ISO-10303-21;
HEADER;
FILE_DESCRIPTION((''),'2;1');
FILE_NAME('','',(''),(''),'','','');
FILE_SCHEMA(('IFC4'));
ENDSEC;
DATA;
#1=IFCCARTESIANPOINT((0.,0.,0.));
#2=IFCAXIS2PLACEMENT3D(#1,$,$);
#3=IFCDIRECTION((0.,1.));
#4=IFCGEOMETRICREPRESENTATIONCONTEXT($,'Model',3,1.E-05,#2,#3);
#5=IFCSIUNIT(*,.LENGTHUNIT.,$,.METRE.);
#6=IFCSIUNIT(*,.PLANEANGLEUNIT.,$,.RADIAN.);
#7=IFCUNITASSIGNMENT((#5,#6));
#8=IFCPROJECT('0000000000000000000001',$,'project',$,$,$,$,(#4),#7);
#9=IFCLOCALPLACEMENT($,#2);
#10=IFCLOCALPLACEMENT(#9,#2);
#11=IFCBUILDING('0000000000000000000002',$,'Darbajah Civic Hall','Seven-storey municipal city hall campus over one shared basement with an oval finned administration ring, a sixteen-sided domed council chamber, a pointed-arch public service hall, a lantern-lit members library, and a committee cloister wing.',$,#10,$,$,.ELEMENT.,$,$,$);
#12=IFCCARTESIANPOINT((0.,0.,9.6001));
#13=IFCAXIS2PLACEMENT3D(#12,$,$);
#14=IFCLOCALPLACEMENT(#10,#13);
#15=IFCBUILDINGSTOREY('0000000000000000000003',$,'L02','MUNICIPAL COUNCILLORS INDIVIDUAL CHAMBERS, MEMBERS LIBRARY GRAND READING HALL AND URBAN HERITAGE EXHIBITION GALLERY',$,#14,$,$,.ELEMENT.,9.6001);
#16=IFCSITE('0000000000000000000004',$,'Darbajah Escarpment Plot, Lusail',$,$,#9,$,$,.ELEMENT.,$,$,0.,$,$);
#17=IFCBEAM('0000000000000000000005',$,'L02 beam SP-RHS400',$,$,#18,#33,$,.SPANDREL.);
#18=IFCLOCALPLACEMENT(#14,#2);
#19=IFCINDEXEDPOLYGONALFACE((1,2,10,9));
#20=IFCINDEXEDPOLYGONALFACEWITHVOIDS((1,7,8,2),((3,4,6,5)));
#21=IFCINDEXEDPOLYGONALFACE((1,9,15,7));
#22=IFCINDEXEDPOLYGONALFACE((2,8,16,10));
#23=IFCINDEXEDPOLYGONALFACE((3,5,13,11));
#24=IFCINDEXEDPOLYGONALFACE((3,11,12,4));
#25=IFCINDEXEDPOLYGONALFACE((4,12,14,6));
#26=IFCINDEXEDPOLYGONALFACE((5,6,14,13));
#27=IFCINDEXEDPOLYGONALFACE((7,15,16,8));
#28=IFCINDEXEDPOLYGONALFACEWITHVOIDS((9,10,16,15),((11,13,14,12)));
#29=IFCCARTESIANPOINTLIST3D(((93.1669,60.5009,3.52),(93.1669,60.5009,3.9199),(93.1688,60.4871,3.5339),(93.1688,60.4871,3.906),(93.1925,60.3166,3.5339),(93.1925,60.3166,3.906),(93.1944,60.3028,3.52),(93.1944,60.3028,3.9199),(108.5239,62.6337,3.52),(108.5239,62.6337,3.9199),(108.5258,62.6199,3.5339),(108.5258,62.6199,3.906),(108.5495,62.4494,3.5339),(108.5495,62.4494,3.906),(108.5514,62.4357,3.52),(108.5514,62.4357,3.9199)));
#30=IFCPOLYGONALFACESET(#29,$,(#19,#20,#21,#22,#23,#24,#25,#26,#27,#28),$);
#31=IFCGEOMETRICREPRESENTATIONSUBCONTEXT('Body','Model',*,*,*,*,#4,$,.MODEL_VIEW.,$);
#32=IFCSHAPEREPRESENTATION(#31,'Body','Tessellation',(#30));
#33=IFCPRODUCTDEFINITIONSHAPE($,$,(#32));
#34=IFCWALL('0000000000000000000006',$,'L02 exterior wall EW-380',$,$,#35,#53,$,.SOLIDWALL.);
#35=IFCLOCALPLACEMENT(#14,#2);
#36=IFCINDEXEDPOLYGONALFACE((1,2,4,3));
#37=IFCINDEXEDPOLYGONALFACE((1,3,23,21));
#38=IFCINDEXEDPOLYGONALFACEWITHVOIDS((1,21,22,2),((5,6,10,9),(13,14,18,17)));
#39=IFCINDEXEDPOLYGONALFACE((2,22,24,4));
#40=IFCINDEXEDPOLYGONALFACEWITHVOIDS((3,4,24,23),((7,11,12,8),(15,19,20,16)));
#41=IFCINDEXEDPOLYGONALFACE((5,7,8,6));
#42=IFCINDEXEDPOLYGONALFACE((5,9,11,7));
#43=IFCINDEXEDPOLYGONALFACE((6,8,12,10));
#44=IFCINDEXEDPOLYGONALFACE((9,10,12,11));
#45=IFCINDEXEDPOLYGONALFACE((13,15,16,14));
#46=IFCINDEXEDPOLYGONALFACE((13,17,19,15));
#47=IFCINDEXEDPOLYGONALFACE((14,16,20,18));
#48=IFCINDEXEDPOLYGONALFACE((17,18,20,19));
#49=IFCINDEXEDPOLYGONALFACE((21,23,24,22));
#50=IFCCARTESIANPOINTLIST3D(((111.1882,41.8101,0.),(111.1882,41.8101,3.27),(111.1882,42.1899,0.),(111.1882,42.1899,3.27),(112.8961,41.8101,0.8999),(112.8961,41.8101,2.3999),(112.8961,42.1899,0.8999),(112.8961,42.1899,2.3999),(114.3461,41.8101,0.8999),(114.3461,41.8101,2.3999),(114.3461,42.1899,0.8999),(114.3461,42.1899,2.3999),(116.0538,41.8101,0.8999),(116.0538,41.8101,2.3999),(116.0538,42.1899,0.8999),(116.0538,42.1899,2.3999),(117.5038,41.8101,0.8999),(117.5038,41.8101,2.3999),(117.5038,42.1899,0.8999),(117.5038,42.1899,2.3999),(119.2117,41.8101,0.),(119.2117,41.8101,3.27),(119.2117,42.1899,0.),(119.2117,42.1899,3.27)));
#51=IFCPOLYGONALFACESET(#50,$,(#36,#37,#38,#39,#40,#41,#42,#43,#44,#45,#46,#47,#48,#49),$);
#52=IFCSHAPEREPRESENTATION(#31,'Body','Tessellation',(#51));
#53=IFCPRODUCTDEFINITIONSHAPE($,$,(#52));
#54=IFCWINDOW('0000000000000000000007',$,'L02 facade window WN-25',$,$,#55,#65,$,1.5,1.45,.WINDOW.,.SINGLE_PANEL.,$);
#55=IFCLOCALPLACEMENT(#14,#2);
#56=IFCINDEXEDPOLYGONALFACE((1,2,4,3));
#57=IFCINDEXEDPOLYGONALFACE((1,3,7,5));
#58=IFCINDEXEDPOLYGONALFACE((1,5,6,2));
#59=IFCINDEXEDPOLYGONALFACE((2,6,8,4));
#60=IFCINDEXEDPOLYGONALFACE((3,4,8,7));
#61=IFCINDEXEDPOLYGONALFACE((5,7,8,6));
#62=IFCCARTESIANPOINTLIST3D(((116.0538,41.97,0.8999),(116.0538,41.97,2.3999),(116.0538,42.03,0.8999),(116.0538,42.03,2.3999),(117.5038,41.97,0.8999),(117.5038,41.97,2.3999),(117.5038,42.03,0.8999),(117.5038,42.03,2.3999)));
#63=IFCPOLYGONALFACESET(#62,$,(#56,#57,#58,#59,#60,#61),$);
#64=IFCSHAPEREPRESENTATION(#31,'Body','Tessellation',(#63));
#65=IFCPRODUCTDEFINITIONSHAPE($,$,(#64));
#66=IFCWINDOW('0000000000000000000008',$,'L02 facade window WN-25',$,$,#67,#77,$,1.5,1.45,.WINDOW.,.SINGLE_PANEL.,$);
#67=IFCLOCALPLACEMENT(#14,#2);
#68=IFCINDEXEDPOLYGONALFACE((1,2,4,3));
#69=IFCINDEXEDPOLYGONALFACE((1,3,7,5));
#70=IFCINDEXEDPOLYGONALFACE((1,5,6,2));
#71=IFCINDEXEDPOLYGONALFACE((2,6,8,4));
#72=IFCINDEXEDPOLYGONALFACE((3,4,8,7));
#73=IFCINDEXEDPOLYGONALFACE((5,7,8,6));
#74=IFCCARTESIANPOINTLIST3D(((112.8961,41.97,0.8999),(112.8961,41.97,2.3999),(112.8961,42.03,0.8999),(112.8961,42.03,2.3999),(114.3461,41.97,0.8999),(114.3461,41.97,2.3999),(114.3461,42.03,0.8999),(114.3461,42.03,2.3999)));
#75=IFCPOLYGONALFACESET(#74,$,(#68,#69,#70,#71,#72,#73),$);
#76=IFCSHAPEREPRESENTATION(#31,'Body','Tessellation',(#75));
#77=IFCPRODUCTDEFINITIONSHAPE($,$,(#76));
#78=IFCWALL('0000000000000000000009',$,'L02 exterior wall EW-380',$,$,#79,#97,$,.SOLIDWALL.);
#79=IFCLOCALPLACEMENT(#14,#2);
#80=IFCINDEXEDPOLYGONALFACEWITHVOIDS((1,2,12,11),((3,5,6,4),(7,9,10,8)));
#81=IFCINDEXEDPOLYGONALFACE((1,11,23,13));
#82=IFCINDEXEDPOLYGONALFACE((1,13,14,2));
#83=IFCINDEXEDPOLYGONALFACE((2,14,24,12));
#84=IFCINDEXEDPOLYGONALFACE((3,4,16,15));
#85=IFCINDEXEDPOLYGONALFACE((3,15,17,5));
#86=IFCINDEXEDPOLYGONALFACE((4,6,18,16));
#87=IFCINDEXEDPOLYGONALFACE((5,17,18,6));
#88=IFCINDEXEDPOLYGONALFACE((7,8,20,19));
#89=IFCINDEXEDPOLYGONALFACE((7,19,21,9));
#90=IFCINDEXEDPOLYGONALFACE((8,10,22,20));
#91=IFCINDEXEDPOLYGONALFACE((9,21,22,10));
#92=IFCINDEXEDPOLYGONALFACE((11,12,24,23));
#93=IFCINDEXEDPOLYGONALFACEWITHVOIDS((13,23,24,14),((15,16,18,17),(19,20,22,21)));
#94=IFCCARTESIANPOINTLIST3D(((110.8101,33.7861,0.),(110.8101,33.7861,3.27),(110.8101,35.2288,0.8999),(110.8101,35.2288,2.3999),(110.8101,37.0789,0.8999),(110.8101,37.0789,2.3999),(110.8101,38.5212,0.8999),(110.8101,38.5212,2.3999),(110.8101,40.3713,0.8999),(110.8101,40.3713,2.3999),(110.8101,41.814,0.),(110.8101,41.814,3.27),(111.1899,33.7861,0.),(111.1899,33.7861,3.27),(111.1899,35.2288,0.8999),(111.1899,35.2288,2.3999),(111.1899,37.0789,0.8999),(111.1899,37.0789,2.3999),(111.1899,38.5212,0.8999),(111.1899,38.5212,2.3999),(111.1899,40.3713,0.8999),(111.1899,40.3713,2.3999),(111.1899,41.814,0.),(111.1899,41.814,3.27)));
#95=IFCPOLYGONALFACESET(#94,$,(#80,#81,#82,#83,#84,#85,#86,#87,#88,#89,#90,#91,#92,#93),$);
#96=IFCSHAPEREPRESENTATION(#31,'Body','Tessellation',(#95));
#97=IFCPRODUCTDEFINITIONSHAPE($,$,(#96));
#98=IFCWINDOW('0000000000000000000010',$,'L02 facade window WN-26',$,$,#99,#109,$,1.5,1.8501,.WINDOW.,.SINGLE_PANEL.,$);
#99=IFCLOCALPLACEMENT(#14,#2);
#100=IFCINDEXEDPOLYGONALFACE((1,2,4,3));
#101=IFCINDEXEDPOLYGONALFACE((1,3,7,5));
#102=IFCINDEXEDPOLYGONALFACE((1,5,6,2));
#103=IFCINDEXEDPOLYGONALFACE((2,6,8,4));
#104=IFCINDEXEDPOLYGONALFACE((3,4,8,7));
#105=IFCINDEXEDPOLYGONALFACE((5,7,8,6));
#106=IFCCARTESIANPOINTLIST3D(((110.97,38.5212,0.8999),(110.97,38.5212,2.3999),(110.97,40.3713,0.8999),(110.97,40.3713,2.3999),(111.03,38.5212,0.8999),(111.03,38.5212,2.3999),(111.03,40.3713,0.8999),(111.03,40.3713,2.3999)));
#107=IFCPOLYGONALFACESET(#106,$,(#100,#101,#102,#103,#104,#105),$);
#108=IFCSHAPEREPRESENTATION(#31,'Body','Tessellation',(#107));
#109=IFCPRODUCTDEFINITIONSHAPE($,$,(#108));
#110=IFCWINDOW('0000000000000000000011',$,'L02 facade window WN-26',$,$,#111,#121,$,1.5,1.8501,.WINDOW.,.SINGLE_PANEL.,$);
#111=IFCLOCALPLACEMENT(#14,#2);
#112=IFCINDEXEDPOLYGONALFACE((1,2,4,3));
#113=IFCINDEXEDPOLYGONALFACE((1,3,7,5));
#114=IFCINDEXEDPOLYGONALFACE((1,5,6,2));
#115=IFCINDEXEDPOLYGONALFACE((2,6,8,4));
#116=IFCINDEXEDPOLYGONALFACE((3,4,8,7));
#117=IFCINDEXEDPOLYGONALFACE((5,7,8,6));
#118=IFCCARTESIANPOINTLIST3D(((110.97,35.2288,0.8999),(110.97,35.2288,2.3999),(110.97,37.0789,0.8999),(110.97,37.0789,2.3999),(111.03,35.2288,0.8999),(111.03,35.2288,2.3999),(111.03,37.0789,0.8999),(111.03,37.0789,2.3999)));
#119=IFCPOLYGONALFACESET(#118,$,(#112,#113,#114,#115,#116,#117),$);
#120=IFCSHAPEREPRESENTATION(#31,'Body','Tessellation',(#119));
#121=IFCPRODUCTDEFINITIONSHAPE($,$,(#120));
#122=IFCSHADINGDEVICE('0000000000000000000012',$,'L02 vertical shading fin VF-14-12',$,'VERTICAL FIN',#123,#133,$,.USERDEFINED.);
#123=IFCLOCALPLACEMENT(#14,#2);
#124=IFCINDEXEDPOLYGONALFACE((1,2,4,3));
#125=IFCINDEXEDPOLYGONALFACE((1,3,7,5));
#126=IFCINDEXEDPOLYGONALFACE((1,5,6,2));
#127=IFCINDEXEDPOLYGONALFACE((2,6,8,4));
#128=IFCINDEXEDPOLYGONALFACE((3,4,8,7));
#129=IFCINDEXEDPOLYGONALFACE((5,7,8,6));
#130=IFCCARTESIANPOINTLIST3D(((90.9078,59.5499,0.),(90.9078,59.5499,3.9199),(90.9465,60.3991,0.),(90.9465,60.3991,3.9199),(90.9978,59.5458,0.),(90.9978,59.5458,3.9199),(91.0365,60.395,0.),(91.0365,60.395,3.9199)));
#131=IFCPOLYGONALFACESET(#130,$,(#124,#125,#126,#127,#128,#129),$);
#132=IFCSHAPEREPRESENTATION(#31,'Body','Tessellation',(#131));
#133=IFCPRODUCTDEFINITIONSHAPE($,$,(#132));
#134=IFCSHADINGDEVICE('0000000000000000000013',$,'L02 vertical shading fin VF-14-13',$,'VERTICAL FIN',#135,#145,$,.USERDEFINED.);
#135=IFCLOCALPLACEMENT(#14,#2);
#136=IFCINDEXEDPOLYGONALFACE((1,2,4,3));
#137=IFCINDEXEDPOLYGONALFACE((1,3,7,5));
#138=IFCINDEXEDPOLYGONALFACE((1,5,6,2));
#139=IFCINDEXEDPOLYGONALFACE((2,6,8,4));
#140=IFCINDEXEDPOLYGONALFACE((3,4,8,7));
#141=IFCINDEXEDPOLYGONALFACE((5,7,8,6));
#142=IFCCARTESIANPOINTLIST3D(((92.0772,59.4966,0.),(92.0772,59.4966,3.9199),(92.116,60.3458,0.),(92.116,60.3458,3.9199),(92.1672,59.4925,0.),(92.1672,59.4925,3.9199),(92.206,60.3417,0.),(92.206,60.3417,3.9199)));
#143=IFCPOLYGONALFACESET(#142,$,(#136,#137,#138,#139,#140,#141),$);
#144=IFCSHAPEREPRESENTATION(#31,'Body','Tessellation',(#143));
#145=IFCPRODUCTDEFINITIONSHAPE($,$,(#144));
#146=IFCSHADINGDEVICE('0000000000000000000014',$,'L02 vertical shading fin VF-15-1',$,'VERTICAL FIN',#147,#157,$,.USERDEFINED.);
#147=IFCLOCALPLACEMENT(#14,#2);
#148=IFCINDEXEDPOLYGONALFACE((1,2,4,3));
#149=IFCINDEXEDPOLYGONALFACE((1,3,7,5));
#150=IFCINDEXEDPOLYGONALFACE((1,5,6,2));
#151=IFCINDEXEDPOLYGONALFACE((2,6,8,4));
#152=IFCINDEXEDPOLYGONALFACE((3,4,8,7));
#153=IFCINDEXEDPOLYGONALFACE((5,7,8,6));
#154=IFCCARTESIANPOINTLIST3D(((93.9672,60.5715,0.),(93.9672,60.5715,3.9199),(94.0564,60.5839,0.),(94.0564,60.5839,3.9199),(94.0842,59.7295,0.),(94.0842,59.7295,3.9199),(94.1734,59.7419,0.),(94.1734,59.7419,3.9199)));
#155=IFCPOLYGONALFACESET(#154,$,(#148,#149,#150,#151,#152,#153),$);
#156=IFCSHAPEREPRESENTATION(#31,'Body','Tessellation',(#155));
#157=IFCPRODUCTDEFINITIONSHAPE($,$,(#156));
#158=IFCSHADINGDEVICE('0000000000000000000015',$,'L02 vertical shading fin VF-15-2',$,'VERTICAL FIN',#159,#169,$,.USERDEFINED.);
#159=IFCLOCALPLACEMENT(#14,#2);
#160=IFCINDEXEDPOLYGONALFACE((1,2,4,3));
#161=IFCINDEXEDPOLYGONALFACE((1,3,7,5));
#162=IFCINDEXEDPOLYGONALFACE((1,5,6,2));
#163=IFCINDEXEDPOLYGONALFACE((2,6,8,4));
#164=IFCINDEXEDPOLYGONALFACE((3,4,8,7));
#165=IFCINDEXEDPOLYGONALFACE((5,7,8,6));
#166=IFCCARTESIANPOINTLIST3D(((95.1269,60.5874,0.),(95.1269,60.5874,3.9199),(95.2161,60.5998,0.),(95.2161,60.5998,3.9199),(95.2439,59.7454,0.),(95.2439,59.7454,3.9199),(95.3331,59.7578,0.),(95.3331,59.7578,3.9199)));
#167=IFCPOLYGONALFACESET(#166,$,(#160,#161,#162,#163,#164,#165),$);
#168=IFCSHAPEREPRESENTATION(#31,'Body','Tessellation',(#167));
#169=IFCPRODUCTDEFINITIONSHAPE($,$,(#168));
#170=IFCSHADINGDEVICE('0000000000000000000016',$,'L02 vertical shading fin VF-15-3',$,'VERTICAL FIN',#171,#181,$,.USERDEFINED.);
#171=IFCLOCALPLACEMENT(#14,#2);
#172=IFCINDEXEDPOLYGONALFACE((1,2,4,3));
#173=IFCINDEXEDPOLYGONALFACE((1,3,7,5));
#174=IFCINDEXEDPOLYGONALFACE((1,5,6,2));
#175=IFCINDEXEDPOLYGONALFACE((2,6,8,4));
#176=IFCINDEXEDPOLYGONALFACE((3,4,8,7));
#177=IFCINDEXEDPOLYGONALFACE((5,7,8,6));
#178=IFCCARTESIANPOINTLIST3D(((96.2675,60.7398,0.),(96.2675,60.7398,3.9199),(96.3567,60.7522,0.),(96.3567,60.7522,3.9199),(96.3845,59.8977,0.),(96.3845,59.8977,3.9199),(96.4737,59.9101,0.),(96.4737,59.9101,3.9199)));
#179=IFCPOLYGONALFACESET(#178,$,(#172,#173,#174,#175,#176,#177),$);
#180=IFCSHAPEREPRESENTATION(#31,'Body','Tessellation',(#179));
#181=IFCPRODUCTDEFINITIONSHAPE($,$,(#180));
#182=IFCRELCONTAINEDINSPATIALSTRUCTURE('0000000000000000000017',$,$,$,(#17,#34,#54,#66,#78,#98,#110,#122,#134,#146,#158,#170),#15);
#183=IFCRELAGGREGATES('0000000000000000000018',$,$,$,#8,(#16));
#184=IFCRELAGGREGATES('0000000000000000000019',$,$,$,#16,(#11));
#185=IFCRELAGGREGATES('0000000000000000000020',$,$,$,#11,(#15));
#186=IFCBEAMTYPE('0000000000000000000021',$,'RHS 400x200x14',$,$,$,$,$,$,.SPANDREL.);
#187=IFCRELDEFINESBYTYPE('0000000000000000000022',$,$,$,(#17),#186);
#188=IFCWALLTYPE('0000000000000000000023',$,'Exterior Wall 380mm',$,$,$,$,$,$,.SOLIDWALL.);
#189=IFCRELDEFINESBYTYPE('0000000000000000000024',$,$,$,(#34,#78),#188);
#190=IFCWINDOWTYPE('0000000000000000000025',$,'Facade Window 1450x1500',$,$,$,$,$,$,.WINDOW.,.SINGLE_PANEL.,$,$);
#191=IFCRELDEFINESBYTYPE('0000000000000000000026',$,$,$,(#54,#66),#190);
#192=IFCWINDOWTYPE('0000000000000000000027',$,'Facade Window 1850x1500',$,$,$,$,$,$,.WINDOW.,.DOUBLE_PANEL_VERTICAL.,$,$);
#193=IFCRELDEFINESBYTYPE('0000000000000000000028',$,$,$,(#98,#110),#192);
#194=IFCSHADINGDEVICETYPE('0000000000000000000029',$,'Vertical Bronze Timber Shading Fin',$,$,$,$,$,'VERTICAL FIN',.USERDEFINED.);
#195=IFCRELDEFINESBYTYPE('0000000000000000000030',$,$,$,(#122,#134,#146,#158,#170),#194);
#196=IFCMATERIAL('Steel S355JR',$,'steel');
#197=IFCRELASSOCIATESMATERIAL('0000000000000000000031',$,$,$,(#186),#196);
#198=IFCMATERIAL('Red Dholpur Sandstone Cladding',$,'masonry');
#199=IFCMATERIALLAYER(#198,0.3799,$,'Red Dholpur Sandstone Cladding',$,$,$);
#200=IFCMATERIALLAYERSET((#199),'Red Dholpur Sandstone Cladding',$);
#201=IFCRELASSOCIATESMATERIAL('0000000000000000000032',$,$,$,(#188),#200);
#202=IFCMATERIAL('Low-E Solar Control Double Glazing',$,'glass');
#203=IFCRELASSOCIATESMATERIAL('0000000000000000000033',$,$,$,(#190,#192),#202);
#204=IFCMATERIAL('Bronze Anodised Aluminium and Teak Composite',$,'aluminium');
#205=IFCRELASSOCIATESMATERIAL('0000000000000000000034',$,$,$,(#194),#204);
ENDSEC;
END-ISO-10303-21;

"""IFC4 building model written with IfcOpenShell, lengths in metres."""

from ifc_helpers import new_model, si_unit, direction, frame, frame_2d, origin, origin_2d, place, context, subcontext, project, spatial, rectangle, hollow_rectangle, extrude, material, layer, layer_set, material_profile, profile_set, type_object, element, fill, save


model = new_model("IFC4")

# Units and contexts
model_context = context("Model", 3, precision=1e-05, world=origin(), true_north=direction((0.0, 1.0)))
body_context = subcontext(model_context, "Body", "Model", "MODEL_VIEW")
ifc_project = project(units=[si_unit("LENGTHUNIT", "METRE"), si_unit("PLANEANGLEUNIT", "RADIAN")], contexts=[model_context])

# Site, building, storey
site_placement = place(None, origin())
site = spatial("IfcSite", under=ifc_project, at=site_placement, Name="Darbajah Escarpment Plot, Lusail", CompositionType="ELEMENT", RefElevation=0.0)
building_placement = place(site_placement, origin())
building = spatial("IfcBuilding", under=site, at=building_placement, Name="Darbajah Civic Hall", Description="Seven-storey municipal city hall campus over one shared basement with an oval finned administration ring, a sixteen-sided domed council chamber, a pointed-arch public service hall, a lantern-lit members library, and a committee cloister wing.", CompositionType="ELEMENT")
storey_placement = place(building_placement, frame((0.0, 0.0, 9.6001)))
storey = spatial("IfcBuildingStorey", under=building, at=storey_placement, Name="L02", Description="MUNICIPAL COUNCILLORS INDIVIDUAL CHAMBERS, MEMBERS LIBRARY GRAND READING HALL AND URBAN HERITAGE EXHIBITION GALLERY", CompositionType="ELEMENT", Elevation=9.6001)

# Shared definitions
ifc_material_1 = material(Name="Steel S355JR", Category="steel")

# Beam
ifc_material_profile_1 = material_profile(ifc_material_1, hollow_rectangle(XDim=0.2, YDim=0.3999, WallThickness=0.0139, at=origin_2d()), Name="RHS 400x200x14")
ifc_profile_set_1 = profile_set([ifc_material_profile_1], Name="Steel S355JR")
beam_type_1 = type_object("IfcBeamType", Name="RHS 400x200x14", PredefinedType="SPANDREL", material=ifc_profile_set_1)
beam_1_placement = place(storey_placement, frame((93.1807, 60.4019, 3.72), z_axis=(0.990493, 0.137562, 0.0), x_axis=(-0.137562, 0.990493, 0.0)))
element("IfcBeam", 1, at=beam_1_placement, inside=storey, type_object=beam_type_1, Name="L02 beam SP-RHS400", PredefinedType="SPANDREL", context=body_context, shape_type="SweptSolid", body=[
    extrude(hollow_rectangle(XDim=0.2, YDim=0.3999, WallThickness=0.0139, at=origin_2d()), origin(), (0.0, 0.0, 1.0), 15.5044),
])

# Walls, openings, windows
ifc_material_2 = material(Name="Red Dholpur Sandstone Cladding", Category="masonry")
ifc_layer = layer(ifc_material_2, 0.3799, Name="Red Dholpur Sandstone Cladding")
ifc_layer_set = layer_set([ifc_layer], Name="Red Dholpur Sandstone Cladding")
wall_type = type_object("IfcWallType", Name="Exterior Wall 380mm", PredefinedType="SOLIDWALL", material=ifc_layer_set)
wall_1_placement = place(storey_placement, frame((119.2117, 42.0, 0.0), z_axis=(0.0, 0.0, 1.0), x_axis=(-1.0, 0.0, 0.0)))
wall_1 = element("IfcWall", 2, at=wall_1_placement, inside=storey, type_object=wall_type, Name="L02 exterior wall EW-380", PredefinedType="SOLIDWALL", context=body_context, shape_type="SweptSolid", body=[
    extrude(rectangle(XDim=8.0234, YDim=0.3799, at=frame_2d((4.0117, 0.0))), origin(), (0.0, 0.0, 1.0), 3.27),
])
opening_1_placement = place(wall_1_placement, frame((1.7078, 0.0, 0.8999)))
opening_1 = element("IfcOpeningElement", 3, at=opening_1_placement, cuts=wall_1, PredefinedType="OPENING", context=body_context, shape_type="SweptSolid", body=[
    extrude(rectangle(XDim=1.45, YDim=1.5, at=frame_2d((0.7251, 0.75))), frame((0.0, 0.2, 0.0), z_axis=(0.0, -1.0, 0.0), x_axis=(1.0, 0.0, 0.0)), (0.0, 0.0, 1.0), 0.3999),
])
opening_2_placement = place(wall_1_placement, frame((4.8655, 0.0, 0.8999)))
opening_2 = element("IfcOpeningElement", 4, at=opening_2_placement, cuts=wall_1, PredefinedType="OPENING", context=body_context, shape_type="SweptSolid", body=[
    extrude(rectangle(XDim=1.45, YDim=1.5, at=frame_2d((0.7251, 0.75))), frame((0.0, 0.2, 0.0), z_axis=(0.0, -1.0, 0.0), x_axis=(1.0, 0.0, 0.0)), (0.0, 0.0, 1.0), 0.3999),
])
ifc_material_3 = material(Name="Low-E Solar Control Double Glazing", Category="glass")
window_type_1 = type_object("IfcWindowType", Name="Facade Window 1450x1500", PartitioningType="SINGLE_PANEL", PredefinedType="WINDOW", material=ifc_material_3)
window_1_placement = place(opening_1_placement, origin())
window_1 = element("IfcWindow", 5, at=window_1_placement, inside=storey, type_object=window_type_1, Name="L02 facade window WN-25", OverallHeight=1.5, OverallWidth=1.45, PartitioningType="SINGLE_PANEL", PredefinedType="WINDOW", context=body_context, shape_type="SweptSolid", body=[
    extrude(rectangle(XDim=1.45, YDim=1.5, at=frame_2d((0.7251, 0.75))), frame((0.0, 0.03, 0.0), z_axis=(0.0, -1.0, 0.0), x_axis=(1.0, 0.0, 0.0)), (0.0, 0.0, 1.0), 0.0601),
])
fill(opening_1, window_1)
window_2_placement = place(opening_2_placement, origin())
window_2 = element("IfcWindow", 6, at=window_2_placement, inside=storey, type_object=window_type_1, Name="L02 facade window WN-25", OverallHeight=1.5, OverallWidth=1.45, PartitioningType="SINGLE_PANEL", PredefinedType="WINDOW", context=body_context, shape_type="SweptSolid", body=[
    extrude(rectangle(XDim=1.45, YDim=1.5, at=frame_2d((0.7251, 0.75))), frame((0.0, 0.03, 0.0), z_axis=(0.0, -1.0, 0.0), x_axis=(1.0, 0.0, 0.0)), (0.0, 0.0, 1.0), 0.0601),
])
fill(opening_2, window_2)
wall_2_placement = place(storey_placement, frame((111.0, 41.814, 0.0), z_axis=(0.0, 0.0, 1.0), x_axis=(0.0, -1.0, 0.0)))
wall_2 = element("IfcWall", 7, at=wall_2_placement, inside=storey, type_object=wall_type, Name="L02 exterior wall EW-380", PredefinedType="SOLIDWALL", context=body_context, shape_type="SweptSolid", body=[
    extrude(rectangle(XDim=8.0278, YDim=0.3799, at=frame_2d((4.0139, 0.0))), origin(), (0.0, 0.0, 1.0), 3.27),
])
opening_3_placement = place(wall_2_placement, frame((1.4426, 0.0, 0.8999)))
opening_3 = element("IfcOpeningElement", 8, at=opening_3_placement, cuts=wall_2, PredefinedType="OPENING", context=body_context, shape_type="SweptSolid", body=[
    extrude(rectangle(XDim=1.8501, YDim=1.5, at=frame_2d((0.925, 0.75))), frame((0.0, 0.2, 0.0), z_axis=(0.0, -1.0, 0.0), x_axis=(1.0, 0.0, 0.0)), (0.0, 0.0, 1.0), 0.3999),
])
opening_4_placement = place(wall_2_placement, frame((4.7351, 0.0, 0.8999)))
opening_4 = element("IfcOpeningElement", 9, at=opening_4_placement, cuts=wall_2, PredefinedType="OPENING", context=body_context, shape_type="SweptSolid", body=[
    extrude(rectangle(XDim=1.8501, YDim=1.5, at=frame_2d((0.925, 0.75))), frame((0.0, 0.2, 0.0), z_axis=(0.0, -1.0, 0.0), x_axis=(1.0, 0.0, 0.0)), (0.0, 0.0, 1.0), 0.3999),
])
window_type_2 = type_object("IfcWindowType", Name="Facade Window 1850x1500", PartitioningType="DOUBLE_PANEL_VERTICAL", PredefinedType="WINDOW", material=ifc_material_3)
window_3_placement = place(opening_3_placement, origin())
window_3 = element("IfcWindow", 10, at=window_3_placement, inside=storey, type_object=window_type_2, Name="L02 facade window WN-26", OverallHeight=1.5, OverallWidth=1.8501, PartitioningType="SINGLE_PANEL", PredefinedType="WINDOW", context=body_context, shape_type="SweptSolid", body=[
    extrude(rectangle(XDim=1.8501, YDim=1.5, at=frame_2d((0.925, 0.75))), frame((0.0, 0.03, 0.0), z_axis=(0.0, -1.0, 0.0), x_axis=(1.0, 0.0, 0.0)), (0.0, 0.0, 1.0), 0.0601),
])
fill(opening_3, window_3)
window_4_placement = place(opening_4_placement, origin())
window_4 = element("IfcWindow", 11, at=window_4_placement, inside=storey, type_object=window_type_2, Name="L02 facade window WN-26", OverallHeight=1.5, OverallWidth=1.8501, PartitioningType="SINGLE_PANEL", PredefinedType="WINDOW", context=body_context, shape_type="SweptSolid", body=[
    extrude(rectangle(XDim=1.8501, YDim=1.5, at=frame_2d((0.925, 0.75))), frame((0.0, 0.03, 0.0), z_axis=(0.0, -1.0, 0.0), x_axis=(1.0, 0.0, 0.0)), (0.0, 0.0, 1.0), 0.0601),
])
fill(opening_4, window_4)

# Shading devices
ifc_material_4 = material(Name="Bronze Anodised Aluminium and Teak Composite", Category="aluminium")
shading_device_type = type_object("IfcShadingDeviceType", Name="Vertical Bronze Timber Shading Fin", ElementType="VERTICAL FIN", PredefinedType="USERDEFINED", material=ifc_material_4)
for number, where, z_axis, x_axis, name in (
    (12, (90.9722, 59.9724, 0.0), (0.0, 0.0, 1.0), (-0.045537, -0.998963, 0.0), "L02 vertical shading fin VF-14-12"),
    (13, (92.1416, 59.9192, 0.0), (0.0, 0.0, 1.0), (-0.045537, -0.998963, 0.0), "L02 vertical shading fin VF-14-13"),
    (14, (94.0703, 60.1567, 0.0), (0.0, 0.0, 1.0), (0.137617, -0.990485, 0.0), "L02 vertical shading fin VF-15-1"),
    (15, (95.23, 60.1726, 0.0), (0.0, 0.0, 1.0), (0.137617, -0.990485, 0.0), "L02 vertical shading fin VF-15-2"),
    (16, (96.3706, 60.325, 0.0), (0.0, 0.0, 1.0), (0.137617, -0.990485, 0.0), "L02 vertical shading fin VF-15-3"),
):
    element("IfcShadingDevice", number, at=place(storey_placement, frame(where, z_axis=z_axis, x_axis=x_axis)), inside=storey, type_object=shading_device_type, Name=name, ObjectType="VERTICAL FIN", PredefinedType="USERDEFINED", context=body_context, shape_type="SweptSolid", body=[
        extrude(rectangle(XDim=0.8501, YDim=0.0901, at=origin_2d()), origin(), (0.0, 0.0, 1.0), 3.9199),
    ])

save(model, "model.ifc")
